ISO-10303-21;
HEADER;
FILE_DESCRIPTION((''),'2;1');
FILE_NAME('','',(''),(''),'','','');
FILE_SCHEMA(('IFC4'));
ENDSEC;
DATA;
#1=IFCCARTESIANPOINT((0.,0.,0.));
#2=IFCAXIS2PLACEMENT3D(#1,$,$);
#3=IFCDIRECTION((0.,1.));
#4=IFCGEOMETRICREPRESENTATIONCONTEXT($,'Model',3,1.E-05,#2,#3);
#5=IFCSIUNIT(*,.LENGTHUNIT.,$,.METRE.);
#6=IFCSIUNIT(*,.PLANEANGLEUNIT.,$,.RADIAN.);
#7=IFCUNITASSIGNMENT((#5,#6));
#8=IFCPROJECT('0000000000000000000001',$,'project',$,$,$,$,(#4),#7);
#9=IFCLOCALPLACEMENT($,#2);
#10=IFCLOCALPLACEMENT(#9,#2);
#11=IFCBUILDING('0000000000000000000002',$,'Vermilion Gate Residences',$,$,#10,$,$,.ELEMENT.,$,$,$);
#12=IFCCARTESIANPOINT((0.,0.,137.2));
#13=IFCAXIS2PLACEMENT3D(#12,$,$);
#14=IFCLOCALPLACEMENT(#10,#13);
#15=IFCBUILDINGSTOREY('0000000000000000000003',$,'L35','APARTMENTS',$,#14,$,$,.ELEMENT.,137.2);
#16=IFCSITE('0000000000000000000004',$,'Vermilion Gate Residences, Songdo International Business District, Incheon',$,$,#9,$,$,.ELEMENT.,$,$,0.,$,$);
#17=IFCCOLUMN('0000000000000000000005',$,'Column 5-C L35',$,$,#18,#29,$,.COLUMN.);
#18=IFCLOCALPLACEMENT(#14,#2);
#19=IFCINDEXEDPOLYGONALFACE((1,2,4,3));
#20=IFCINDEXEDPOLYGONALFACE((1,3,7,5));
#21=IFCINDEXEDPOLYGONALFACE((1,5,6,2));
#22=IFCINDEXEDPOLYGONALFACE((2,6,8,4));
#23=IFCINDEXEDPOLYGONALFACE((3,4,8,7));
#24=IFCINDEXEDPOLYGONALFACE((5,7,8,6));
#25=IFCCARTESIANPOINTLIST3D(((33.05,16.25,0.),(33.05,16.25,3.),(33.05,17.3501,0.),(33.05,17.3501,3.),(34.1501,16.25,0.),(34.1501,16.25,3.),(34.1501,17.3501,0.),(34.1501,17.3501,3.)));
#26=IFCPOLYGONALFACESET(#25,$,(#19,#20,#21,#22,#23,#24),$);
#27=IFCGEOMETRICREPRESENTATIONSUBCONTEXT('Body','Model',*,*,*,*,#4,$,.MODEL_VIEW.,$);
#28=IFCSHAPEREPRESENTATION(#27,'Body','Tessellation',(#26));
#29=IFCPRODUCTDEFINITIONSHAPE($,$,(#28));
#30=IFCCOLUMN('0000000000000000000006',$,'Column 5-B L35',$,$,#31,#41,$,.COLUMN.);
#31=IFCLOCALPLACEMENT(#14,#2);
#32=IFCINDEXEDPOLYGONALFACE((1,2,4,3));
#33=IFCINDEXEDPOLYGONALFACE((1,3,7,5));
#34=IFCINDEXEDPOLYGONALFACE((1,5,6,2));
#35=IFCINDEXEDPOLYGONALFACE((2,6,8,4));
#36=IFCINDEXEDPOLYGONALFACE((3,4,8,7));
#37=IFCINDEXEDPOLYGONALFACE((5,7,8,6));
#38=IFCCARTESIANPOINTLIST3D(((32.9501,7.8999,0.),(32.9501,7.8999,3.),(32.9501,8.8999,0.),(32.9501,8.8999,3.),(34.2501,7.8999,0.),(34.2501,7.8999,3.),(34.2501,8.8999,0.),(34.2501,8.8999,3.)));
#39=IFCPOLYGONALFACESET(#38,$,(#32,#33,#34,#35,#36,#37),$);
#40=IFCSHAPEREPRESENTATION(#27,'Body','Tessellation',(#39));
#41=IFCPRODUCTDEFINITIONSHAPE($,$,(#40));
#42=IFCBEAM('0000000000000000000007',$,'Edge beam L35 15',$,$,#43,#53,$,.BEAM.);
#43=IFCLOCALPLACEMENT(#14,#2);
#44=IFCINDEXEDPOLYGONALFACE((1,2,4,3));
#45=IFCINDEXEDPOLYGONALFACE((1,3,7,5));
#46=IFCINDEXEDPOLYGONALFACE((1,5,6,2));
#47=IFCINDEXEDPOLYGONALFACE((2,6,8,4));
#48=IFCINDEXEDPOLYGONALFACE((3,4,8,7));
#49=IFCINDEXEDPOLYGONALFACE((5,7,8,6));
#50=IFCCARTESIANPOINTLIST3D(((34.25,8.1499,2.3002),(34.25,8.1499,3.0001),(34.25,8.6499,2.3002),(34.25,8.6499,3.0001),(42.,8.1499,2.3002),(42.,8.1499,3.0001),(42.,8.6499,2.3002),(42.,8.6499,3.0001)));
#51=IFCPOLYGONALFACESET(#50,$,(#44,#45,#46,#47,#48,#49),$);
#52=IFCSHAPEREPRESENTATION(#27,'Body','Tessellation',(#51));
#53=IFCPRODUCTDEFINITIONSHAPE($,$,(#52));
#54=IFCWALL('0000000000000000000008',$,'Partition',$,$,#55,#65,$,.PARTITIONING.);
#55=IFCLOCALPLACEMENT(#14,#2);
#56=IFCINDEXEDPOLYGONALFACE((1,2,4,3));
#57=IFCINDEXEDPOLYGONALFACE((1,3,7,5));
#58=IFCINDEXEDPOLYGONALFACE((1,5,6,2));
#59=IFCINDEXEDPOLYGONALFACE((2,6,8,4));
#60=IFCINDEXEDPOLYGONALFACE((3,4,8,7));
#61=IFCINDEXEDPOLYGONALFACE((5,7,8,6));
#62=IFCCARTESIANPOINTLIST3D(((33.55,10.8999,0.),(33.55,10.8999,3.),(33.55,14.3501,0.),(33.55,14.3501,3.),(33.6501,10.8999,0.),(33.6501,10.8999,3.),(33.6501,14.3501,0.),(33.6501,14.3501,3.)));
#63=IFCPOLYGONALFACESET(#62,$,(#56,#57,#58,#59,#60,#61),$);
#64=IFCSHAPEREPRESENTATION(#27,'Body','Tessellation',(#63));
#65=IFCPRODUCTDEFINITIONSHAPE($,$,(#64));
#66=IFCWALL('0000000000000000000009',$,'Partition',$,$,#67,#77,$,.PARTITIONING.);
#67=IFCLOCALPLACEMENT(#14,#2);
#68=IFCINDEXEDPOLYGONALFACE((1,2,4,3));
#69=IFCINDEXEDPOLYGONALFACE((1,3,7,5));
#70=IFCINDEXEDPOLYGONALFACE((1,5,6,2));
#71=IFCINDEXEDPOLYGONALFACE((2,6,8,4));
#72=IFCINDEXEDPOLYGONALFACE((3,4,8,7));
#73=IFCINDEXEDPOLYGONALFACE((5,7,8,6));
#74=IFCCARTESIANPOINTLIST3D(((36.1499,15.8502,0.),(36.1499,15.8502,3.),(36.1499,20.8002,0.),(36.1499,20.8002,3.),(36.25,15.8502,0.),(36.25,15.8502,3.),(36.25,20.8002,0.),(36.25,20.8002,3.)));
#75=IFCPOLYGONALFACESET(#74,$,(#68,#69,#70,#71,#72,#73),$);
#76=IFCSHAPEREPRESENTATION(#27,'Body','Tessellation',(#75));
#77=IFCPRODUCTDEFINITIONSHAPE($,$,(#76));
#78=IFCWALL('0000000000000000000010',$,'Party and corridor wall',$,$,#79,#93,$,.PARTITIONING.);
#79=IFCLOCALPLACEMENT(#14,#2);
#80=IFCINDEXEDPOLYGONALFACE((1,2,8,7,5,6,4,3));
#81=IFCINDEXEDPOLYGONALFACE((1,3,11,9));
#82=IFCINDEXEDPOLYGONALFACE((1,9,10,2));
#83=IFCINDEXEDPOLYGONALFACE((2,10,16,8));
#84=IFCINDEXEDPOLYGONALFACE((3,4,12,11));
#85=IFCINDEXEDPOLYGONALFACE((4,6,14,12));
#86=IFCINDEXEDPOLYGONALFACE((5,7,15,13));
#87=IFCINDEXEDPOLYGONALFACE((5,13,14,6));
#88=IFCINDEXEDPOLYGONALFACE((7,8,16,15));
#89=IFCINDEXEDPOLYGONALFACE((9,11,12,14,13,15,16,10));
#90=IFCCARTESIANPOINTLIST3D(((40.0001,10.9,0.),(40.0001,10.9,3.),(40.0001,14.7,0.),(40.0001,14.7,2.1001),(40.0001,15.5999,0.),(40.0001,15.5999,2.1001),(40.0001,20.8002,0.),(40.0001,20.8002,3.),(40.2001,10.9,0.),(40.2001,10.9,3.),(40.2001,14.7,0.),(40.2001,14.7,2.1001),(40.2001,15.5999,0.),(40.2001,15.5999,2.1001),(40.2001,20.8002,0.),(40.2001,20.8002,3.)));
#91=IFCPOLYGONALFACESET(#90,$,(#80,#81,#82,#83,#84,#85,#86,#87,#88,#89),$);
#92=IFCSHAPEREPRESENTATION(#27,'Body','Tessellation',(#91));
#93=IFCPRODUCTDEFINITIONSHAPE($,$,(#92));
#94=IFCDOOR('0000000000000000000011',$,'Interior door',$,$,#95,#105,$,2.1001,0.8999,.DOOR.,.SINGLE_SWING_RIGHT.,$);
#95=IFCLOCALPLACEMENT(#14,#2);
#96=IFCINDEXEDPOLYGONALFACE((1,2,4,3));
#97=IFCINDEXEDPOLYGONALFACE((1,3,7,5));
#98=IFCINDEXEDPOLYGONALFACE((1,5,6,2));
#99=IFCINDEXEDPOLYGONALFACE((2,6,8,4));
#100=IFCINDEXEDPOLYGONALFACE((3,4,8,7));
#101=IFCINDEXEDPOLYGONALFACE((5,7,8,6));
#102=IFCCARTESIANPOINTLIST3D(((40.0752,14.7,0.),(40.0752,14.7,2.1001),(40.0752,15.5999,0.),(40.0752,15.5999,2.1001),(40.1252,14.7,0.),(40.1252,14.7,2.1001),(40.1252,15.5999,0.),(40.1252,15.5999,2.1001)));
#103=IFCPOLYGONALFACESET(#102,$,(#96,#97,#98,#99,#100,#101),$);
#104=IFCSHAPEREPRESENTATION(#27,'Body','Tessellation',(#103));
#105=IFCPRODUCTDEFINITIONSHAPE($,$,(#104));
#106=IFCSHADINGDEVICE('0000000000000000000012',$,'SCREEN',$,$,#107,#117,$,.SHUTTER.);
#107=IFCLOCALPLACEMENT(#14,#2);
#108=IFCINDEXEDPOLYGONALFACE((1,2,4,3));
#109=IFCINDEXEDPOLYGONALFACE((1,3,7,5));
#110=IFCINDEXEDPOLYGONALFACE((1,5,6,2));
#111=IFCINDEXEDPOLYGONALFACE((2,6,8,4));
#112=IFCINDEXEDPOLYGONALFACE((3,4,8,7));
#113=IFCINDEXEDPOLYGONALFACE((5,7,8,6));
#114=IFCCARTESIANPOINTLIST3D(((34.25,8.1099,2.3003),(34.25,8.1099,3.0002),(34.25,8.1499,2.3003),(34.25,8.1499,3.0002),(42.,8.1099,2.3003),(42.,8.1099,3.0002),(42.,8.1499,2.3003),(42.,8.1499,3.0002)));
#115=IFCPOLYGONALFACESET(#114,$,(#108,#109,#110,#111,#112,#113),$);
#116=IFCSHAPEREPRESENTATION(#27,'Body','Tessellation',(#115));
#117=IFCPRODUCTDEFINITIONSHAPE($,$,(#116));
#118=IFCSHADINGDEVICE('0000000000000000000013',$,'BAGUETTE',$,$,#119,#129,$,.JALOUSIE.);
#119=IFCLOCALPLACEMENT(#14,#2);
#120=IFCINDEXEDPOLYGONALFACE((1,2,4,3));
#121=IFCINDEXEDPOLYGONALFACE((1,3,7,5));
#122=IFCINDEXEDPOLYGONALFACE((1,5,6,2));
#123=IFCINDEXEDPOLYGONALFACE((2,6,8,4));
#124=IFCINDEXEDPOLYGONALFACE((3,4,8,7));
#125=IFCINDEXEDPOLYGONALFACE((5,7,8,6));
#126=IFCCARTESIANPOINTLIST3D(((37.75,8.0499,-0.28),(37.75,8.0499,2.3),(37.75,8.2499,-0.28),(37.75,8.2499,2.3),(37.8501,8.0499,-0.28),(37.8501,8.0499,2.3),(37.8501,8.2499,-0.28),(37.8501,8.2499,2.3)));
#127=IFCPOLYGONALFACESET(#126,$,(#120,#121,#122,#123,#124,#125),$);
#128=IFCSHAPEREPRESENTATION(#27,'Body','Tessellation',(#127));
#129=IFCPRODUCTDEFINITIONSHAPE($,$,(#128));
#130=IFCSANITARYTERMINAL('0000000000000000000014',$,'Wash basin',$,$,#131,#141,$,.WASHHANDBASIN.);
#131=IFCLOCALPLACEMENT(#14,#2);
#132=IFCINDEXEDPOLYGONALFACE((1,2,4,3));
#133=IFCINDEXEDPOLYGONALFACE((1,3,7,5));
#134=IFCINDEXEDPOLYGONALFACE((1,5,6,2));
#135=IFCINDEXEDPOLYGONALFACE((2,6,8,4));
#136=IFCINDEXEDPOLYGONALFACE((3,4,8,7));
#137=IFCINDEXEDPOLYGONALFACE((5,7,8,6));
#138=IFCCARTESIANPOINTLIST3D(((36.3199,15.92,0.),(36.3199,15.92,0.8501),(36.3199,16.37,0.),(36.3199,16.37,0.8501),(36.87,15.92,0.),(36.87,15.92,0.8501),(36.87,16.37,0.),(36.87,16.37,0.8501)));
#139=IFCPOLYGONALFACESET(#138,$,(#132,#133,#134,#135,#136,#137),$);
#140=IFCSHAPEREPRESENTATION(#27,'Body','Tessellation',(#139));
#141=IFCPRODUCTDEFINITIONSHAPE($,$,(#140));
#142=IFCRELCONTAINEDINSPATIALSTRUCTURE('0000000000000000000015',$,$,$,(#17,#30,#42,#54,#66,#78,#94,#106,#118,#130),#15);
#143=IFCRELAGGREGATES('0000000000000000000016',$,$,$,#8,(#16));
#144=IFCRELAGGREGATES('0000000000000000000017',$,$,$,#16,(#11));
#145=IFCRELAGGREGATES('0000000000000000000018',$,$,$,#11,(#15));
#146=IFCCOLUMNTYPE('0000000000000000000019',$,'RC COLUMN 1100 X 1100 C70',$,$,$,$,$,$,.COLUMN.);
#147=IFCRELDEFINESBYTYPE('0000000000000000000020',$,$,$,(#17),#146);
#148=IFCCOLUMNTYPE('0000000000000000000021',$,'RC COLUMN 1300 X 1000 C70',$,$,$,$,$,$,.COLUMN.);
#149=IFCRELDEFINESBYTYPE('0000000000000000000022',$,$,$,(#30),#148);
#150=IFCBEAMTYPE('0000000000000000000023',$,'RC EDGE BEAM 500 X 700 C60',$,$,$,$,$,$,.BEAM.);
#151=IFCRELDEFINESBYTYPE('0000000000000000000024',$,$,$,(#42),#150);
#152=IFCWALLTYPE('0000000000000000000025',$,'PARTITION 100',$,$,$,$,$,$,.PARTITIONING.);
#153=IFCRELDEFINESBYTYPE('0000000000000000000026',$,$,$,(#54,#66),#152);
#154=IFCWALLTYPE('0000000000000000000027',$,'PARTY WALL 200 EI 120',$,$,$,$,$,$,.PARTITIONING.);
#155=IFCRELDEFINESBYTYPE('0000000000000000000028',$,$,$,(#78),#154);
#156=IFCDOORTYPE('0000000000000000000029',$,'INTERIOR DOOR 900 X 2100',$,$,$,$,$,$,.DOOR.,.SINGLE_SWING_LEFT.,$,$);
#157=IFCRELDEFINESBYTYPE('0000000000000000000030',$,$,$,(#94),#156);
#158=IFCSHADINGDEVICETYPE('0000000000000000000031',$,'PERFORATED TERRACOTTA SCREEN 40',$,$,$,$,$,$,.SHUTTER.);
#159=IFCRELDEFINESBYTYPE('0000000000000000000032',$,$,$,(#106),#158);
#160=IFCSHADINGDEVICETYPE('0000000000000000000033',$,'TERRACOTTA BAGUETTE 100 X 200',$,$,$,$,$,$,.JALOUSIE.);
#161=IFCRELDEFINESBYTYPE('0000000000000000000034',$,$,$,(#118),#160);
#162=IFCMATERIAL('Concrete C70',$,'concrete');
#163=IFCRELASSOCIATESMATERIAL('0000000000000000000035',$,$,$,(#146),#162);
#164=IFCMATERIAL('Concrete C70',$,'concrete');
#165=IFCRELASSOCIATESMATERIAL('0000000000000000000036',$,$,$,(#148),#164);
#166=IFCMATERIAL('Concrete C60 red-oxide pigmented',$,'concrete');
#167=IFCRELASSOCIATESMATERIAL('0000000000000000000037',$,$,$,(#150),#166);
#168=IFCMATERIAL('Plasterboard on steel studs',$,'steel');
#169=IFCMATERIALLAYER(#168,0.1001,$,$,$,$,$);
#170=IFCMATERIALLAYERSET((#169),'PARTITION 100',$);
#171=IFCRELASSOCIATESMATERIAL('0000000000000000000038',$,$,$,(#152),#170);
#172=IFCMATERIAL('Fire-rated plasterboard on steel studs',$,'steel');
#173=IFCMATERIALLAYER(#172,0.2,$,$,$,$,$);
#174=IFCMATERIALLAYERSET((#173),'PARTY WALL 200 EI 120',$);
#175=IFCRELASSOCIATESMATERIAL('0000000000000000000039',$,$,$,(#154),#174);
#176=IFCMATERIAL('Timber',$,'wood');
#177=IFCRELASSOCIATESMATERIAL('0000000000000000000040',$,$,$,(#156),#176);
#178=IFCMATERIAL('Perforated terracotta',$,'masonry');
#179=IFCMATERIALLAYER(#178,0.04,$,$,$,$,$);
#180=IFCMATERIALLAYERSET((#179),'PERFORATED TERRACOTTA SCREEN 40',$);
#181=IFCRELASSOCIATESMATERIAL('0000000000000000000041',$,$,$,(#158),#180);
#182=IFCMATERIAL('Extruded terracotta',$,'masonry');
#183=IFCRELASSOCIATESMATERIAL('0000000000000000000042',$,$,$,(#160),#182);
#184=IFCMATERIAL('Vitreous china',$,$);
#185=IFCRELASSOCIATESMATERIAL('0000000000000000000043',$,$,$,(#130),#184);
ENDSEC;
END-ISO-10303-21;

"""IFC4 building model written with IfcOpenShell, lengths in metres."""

from ifc_helpers import new_model, si_unit, direction, frame, frame_2d, origin, origin_2d, place, context, subcontext, project, spatial, rectangle, extrude, material, layer, layer_set, material_profile, profile_set, type_object, element, fill, save


model = new_model("IFC4")

# Units and contexts
model_context = context("Model", 3, precision=1e-05, world=origin(), true_north=direction((0.0, 1.0)))
body_context = subcontext(model_context, "Body", "Model", "MODEL_VIEW")
ifc_project = project(units=[si_unit("LENGTHUNIT", "METRE"), si_unit("PLANEANGLEUNIT", "RADIAN")], contexts=[model_context])

# Site, building, storey
site_placement = place(None, origin())
site = spatial("IfcSite", under=ifc_project, at=site_placement, Name="Vermilion Gate Residences, Songdo International Business District, Incheon", CompositionType="ELEMENT", RefElevation=0.0)
building_placement = place(site_placement, origin())
building = spatial("IfcBuilding", under=site, at=building_placement, Name="Vermilion Gate Residences", CompositionType="ELEMENT")
storey_placement = place(building_placement, frame((0.0, 0.0, 137.2)))
storey = spatial("IfcBuildingStorey", under=building, at=storey_placement, Name="L35", Description="APARTMENTS", CompositionType="ELEMENT", Elevation=137.2)

# Columns
ifc_material_1 = material(Name="Concrete C70", Category="concrete")
ifc_material_profile_1 = material_profile(ifc_material_1, rectangle(XDim=1.1001, YDim=1.1001, at=origin_2d()), Name="RC-1100x1100")
ifc_profile_set_1 = profile_set([ifc_material_profile_1], Name="Concrete C70")
column_type_1 = type_object("IfcColumnType", Name="RC COLUMN 1100 X 1100 C70", PredefinedType="COLUMN", material=ifc_profile_set_1)
column_1_placement = place(storey_placement, frame((33.6001, 16.8, 0.0), z_axis=(0.0, 0.0, 1.0), x_axis=(1.0, 0.0, 0.0)))
element("IfcColumn", 1, at=column_1_placement, inside=storey, type_object=column_type_1, Name="Column 5-C L35", PredefinedType="COLUMN", context=body_context, shape_type="SweptSolid", body=[
    extrude(rectangle(XDim=1.1001, YDim=1.1001, at=origin_2d()), origin(), (0.0, 0.0, 1.0), 3.0),
])
ifc_material_2 = material(Name="Concrete C70", Category="concrete")
ifc_material_profile_2 = material_profile(ifc_material_2, rectangle(XDim=1.3, YDim=1.0, at=origin_2d()), Name="RC-1300x1000")
ifc_profile_set_2 = profile_set([ifc_material_profile_2], Name="Concrete C70")
column_type_2 = type_object("IfcColumnType", Name="RC COLUMN 1300 X 1000 C70", PredefinedType="COLUMN", material=ifc_profile_set_2)
column_2_placement = place(storey_placement, frame((33.6001, 8.3999, 0.0), z_axis=(0.0, 0.0, 1.0), x_axis=(1.0, 0.0, 0.0)))
element("IfcColumn", 2, at=column_2_placement, inside=storey, type_object=column_type_2, Name="Column 5-B L35", PredefinedType="COLUMN", context=body_context, shape_type="SweptSolid", body=[
    extrude(rectangle(XDim=1.3, YDim=1.0, at=origin_2d()), origin(), (0.0, 0.0, 1.0), 3.0),
])

# Beam
ifc_material_3 = material(Name="Concrete C60 red-oxide pigmented", Category="concrete")
ifc_material_profile_3 = material_profile(ifc_material_3, rectangle(XDim=0.5, YDim=0.7, at=origin_2d()), Name="RC-500x700")
ifc_profile_set_3 = profile_set([ifc_material_profile_3], Name="Concrete C60 red-oxide pigmented")
beam_type = type_object("IfcBeamType", Name="RC EDGE BEAM 500 X 700 C60", PredefinedType="BEAM", material=ifc_profile_set_3)
beam_placement = place(storey_placement, frame((34.25, 8.3999, 2.6501), z_axis=(1.0, 0.0, 0.0), x_axis=(0.0, 1.0, 0.0)))
element("IfcBeam", 3, at=beam_placement, inside=storey, type_object=beam_type, Name="Edge beam L35 15", PredefinedType="BEAM", context=body_context, shape_type="SweptSolid", body=[
    extrude(rectangle(XDim=0.5, YDim=0.7, at=origin_2d()), origin(), (0.0, 0.0, 1.0), 7.75),
])

# Walls
ifc_material_4 = material(Name="Plasterboard on steel studs", Category="steel")
ifc_layer_1 = layer(ifc_material_4, 0.1001)
ifc_layer_set_1 = layer_set([ifc_layer_1], Name="PARTITION 100")
wall_type_1 = type_object("IfcWallType", Name="PARTITION 100", PredefinedType="PARTITIONING", material=ifc_layer_set_1)
wall_1_placement = place(storey_placement, frame((33.6001, 10.8999, 0.0), z_axis=(0.0, 0.0, 1.0), x_axis=(0.0, 1.0, 0.0)))
element("IfcWall", 4, at=wall_1_placement, inside=storey, type_object=wall_type_1, Name="Partition", PredefinedType="PARTITIONING", context=body_context, shape_type="SweptSolid", body=[
    extrude(rectangle(XDim=3.4502, YDim=0.1001, at=frame_2d((1.7251, 0.0))), origin(), (0.0, 0.0, 1.0), 3.0),
])
wall_2_placement = place(storey_placement, frame((36.2, 15.8501, 0.0), z_axis=(0.0, 0.0, 1.0), x_axis=(0.0, 1.0, 0.0)))
element("IfcWall", 5, at=wall_2_placement, inside=storey, type_object=wall_type_1, Name="Partition", PredefinedType="PARTITIONING", context=body_context, shape_type="SweptSolid", body=[
    extrude(rectangle(XDim=4.95, YDim=0.1001, at=frame_2d((2.4751, 0.0))), origin(), (0.0, 0.0, 1.0), 3.0),
])

# Wall, opening, door
ifc_material_5 = material(Name="Fire-rated plasterboard on steel studs", Category="steel")
ifc_layer_2 = layer(ifc_material_5, 0.2)
ifc_layer_set_2 = layer_set([ifc_layer_2], Name="PARTY WALL 200 EI 120")
wall_type_2 = type_object("IfcWallType", Name="PARTY WALL 200 EI 120", PredefinedType="PARTITIONING", material=ifc_layer_set_2)
wall_3_placement = place(storey_placement, frame((40.1001, 10.8999, 0.0), z_axis=(0.0, 0.0, 1.0), x_axis=(0.0, 1.0, 0.0)))
wall_3 = element("IfcWall", 6, at=wall_3_placement, inside=storey, type_object=wall_type_2, Name="Party and corridor wall", PredefinedType="PARTITIONING", context=body_context, shape_type="SweptSolid", body=[
    extrude(rectangle(XDim=9.9001, YDim=0.2, at=frame_2d((4.9502, 0.0))), origin(), (0.0, 0.0, 1.0), 3.0),
])
opening_placement = place(wall_3_placement, frame((3.8, 0.0, 0.0)))
opening = element("IfcOpeningElement", 7, at=opening_placement, cuts=wall_3, PredefinedType="OPENING", context=body_context, shape_type="SweptSolid", body=[
    extrude(rectangle(XDim=0.8999, YDim=2.1001, at=frame_2d((0.45, 1.05))), frame((0.0, 0.1099, 0.0), z_axis=(0.0, -1.0, 0.0), x_axis=(1.0, 0.0, 0.0)), (0.0, 0.0, 1.0), 0.22),
])
ifc_material_6 = material(Name="Timber", Category="wood")
door_type = type_object("IfcDoorType", Name="INTERIOR DOOR 900 X 2100", OperationType="SINGLE_SWING_LEFT", PredefinedType="DOOR", material=ifc_material_6)
door_placement = place(opening_placement, origin())
door = element("IfcDoor", 8, at=door_placement, inside=storey, type_object=door_type, Name="Interior door", OperationType="SINGLE_SWING_RIGHT", OverallHeight=2.1001, OverallWidth=0.8999, PredefinedType="DOOR", context=body_context, shape_type="SweptSolid", body=[
    extrude(rectangle(XDim=0.8999, YDim=2.1001, at=frame_2d((0.45, 1.05))), frame((0.0, 0.0249, 0.0), z_axis=(0.0, -1.0, 0.0), x_axis=(1.0, 0.0, 0.0)), (0.0, 0.0, 1.0), 0.05),
])
fill(opening, door)

# Shading devices
ifc_material_7 = material(Name="Perforated terracotta", Category="masonry")
ifc_layer_3 = layer(ifc_material_7, 0.04)
ifc_layer_set_3 = layer_set([ifc_layer_3], Name="PERFORATED TERRACOTTA SCREEN 40")
shading_device_type_1 = type_object("IfcShadingDeviceType", Name="PERFORATED TERRACOTTA SCREEN 40", PredefinedType="SHUTTER", material=ifc_layer_set_3)
shading_device_1_placement = place(storey_placement, frame((38.125, 8.1299, 2.3003), z_axis=(0.0, 0.0, 1.0), x_axis=(1.0, 0.0, 0.0)))
element("IfcShadingDevice", 9, at=shading_device_1_placement, inside=storey, type_object=shading_device_type_1, Name="SCREEN", PredefinedType="SHUTTER", context=body_context, shape_type="SweptSolid", body=[
    extrude(rectangle(XDim=7.75, YDim=0.04, at=origin_2d()), origin(), (0.0, 0.0, 1.0), 0.7),
])
ifc_material_8 = material(Name="Extruded terracotta", Category="masonry")
ifc_material_profile_4 = material_profile(ifc_material_8, rectangle(XDim=0.2, YDim=0.1001, at=origin_2d()), Name="BAGUETTE 100 X 200")
ifc_profile_set_4 = profile_set([ifc_material_profile_4], Name="Extruded terracotta")
shading_device_type_2 = type_object("IfcShadingDeviceType", Name="TERRACOTTA BAGUETTE 100 X 200", PredefinedType="JALOUSIE", material=ifc_profile_set_4)
shading_device_2_placement = place(storey_placement, frame((37.8, 8.1499, -0.28), z_axis=(0.0, 0.0, 1.0), x_axis=(0.0, 1.0, 0.0)))
element("IfcShadingDevice", 10, at=shading_device_2_placement, inside=storey, type_object=shading_device_type_2, Name="BAGUETTE", PredefinedType="JALOUSIE", context=body_context, shape_type="SweptSolid", body=[
    extrude(rectangle(XDim=0.2, YDim=0.1001, at=origin_2d()), origin(), (0.0, 0.0, 1.0), 2.5801),
])

# Sanitary terminal
ifc_material_9 = material(Name="Vitreous china")
sanitary_terminal_placement = place(storey_placement, frame((36.595, 16.145, 0.0), z_axis=(0.0, 0.0, 1.0), x_axis=(1.0, 0.0, 0.0)))
element("IfcSanitaryTerminal", 11, at=sanitary_terminal_placement, inside=storey, material=ifc_material_9, Name="Wash basin", PredefinedType="WASHHANDBASIN", context=body_context, shape_type="SweptSolid", body=[
    extrude(rectangle(XDim=0.55, YDim=0.45, at=origin_2d()), origin(), (0.0, 0.0, 1.0), 0.8501),
])

save(model, "model.ifc")
